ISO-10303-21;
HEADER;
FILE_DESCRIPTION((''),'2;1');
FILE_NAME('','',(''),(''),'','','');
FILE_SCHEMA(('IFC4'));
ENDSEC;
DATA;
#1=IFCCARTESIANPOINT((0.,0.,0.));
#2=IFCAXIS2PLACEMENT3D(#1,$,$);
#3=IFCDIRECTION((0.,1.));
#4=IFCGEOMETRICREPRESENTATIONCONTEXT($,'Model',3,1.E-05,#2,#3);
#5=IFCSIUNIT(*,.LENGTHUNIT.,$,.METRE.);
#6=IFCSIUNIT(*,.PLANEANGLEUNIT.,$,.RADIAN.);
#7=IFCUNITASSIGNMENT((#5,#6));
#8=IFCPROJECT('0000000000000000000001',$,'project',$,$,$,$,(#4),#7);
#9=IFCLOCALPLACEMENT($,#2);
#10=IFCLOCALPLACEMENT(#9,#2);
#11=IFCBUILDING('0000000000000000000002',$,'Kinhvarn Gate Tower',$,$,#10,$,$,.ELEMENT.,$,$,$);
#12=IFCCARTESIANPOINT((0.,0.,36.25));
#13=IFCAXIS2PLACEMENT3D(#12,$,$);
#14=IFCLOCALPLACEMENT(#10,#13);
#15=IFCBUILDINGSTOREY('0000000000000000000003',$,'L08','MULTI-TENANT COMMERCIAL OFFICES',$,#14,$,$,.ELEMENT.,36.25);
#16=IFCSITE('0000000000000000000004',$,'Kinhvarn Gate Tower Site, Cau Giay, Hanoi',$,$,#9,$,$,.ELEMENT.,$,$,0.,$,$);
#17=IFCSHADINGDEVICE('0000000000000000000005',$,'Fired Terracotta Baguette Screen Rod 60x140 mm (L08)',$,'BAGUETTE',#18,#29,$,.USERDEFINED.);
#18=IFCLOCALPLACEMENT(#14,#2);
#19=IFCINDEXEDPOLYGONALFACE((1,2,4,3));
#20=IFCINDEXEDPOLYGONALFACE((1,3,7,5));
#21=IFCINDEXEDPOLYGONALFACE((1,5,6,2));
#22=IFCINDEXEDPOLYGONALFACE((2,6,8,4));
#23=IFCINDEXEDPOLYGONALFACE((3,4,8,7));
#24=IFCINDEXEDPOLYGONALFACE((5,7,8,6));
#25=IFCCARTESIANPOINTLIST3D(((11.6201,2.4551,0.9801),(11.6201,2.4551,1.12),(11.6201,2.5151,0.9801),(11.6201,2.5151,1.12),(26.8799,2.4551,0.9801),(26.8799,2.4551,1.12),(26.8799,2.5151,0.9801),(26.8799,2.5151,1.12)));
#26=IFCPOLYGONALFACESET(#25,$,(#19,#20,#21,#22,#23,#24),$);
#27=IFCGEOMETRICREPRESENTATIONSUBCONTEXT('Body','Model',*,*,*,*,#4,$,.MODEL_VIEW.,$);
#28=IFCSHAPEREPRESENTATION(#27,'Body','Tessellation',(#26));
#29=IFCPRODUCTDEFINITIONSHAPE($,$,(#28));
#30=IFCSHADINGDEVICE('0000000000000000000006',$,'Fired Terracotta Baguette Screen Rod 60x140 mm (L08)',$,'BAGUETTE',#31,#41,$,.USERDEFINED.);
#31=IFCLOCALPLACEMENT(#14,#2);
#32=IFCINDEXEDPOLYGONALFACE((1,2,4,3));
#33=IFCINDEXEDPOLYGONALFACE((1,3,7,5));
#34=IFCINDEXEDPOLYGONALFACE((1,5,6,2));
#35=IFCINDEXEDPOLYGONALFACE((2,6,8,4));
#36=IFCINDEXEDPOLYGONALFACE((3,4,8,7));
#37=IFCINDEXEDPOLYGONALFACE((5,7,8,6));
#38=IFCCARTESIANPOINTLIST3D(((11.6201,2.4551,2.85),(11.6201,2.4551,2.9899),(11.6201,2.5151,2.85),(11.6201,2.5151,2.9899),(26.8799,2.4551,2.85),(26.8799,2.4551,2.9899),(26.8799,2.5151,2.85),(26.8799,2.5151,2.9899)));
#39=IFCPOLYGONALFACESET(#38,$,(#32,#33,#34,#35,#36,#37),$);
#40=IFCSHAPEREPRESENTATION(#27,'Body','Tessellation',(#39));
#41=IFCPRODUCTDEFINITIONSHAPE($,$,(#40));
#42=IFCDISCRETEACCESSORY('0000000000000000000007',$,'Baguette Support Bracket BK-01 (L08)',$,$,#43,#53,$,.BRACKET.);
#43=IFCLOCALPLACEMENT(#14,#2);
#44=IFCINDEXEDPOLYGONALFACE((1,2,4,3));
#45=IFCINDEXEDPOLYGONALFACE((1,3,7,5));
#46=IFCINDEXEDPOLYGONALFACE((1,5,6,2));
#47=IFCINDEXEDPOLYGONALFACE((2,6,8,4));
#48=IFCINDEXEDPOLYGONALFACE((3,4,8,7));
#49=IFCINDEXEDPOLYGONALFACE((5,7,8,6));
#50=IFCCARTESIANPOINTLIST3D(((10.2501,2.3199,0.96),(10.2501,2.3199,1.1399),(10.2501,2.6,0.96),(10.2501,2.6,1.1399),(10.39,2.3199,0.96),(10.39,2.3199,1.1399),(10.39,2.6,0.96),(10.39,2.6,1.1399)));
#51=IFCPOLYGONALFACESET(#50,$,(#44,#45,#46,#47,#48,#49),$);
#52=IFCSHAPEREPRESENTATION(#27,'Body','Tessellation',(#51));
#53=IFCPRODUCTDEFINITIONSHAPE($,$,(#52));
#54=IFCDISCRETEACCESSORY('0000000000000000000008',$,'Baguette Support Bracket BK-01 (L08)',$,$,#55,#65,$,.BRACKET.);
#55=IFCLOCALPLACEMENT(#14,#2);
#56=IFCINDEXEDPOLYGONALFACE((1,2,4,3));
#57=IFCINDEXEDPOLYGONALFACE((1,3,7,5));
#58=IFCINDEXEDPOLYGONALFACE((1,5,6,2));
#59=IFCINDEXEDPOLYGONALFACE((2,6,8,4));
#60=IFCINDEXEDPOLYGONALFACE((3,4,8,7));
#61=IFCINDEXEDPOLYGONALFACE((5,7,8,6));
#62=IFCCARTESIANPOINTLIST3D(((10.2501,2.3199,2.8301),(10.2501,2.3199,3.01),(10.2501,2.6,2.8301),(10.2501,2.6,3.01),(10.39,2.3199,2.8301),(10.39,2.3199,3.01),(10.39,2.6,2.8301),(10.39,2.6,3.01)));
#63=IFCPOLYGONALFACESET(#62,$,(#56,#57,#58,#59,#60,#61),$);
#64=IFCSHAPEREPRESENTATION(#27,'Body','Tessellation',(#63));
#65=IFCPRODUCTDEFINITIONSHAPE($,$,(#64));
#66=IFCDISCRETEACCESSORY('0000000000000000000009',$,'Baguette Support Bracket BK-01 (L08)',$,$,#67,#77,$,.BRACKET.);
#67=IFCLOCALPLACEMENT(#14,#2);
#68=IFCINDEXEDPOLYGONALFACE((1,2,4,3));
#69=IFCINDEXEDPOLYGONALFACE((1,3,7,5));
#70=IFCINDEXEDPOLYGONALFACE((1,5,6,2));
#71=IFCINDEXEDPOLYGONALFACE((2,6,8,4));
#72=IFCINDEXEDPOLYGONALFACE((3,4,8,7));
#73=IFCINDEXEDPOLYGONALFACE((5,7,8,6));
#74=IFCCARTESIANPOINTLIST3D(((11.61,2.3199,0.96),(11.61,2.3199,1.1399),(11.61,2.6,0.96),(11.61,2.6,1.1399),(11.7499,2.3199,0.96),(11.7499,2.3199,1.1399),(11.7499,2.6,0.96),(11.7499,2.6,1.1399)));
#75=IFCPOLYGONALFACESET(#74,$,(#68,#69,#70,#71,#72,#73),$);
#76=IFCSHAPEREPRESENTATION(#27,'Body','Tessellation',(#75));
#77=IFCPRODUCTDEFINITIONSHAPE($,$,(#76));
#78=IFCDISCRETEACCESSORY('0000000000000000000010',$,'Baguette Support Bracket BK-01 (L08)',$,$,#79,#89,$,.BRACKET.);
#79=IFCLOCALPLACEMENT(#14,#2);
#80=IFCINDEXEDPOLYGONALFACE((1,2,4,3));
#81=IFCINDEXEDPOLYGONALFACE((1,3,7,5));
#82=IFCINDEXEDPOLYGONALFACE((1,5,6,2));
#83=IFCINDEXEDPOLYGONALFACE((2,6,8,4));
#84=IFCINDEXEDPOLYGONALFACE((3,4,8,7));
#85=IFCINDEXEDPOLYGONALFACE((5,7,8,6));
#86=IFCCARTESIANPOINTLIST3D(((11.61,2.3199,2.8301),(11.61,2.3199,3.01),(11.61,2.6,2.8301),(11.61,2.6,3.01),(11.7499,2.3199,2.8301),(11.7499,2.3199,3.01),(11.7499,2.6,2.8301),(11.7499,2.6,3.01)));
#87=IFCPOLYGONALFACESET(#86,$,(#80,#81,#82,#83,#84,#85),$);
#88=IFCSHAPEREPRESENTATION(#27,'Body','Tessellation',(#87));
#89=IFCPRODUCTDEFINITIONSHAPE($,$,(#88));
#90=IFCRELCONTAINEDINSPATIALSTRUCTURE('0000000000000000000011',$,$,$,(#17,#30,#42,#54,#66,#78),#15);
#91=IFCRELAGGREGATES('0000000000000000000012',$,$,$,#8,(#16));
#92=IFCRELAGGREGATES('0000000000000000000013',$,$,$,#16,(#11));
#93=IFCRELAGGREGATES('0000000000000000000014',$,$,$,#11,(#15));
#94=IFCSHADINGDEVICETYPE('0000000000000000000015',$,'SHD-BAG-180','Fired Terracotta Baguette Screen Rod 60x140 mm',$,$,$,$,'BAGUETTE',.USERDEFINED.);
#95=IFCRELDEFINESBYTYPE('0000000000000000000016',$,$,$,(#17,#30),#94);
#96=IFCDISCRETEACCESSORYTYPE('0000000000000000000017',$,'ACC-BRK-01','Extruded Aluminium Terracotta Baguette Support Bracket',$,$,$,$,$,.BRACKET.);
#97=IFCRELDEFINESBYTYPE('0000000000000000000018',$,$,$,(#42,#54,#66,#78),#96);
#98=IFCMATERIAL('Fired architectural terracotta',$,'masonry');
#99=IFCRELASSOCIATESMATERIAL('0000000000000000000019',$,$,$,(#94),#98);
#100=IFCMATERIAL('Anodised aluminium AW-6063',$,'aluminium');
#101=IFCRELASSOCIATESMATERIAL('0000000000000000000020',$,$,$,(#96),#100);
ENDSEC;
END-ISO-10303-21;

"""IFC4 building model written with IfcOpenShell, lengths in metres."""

from ifc_helpers import new_model, si_unit, direction, frame, origin, origin_2d, place, context, subcontext, project, spatial, rectangle, extrude, material, material_profile, profile_set, type_object, element, save


model = new_model("IFC4")

# Units and contexts
model_context = context("Model", 3, precision=1e-05, world=origin(), true_north=direction((0.0, 1.0)))
body_context = subcontext(model_context, "Body", "Model", "MODEL_VIEW")
ifc_project = project(units=[si_unit("LENGTHUNIT", "METRE"), si_unit("PLANEANGLEUNIT", "RADIAN")], contexts=[model_context])

# Site, building, storey
site_placement = place(None, origin())
site = spatial("IfcSite", under=ifc_project, at=site_placement, Name="Kinhvarn Gate Tower Site, Cau Giay, Hanoi", CompositionType="ELEMENT", RefElevation=0.0)
building_placement = place(site_placement, origin())
building = spatial("IfcBuilding", under=site, at=building_placement, Name="Kinhvarn Gate Tower", CompositionType="ELEMENT")
storey_placement = place(building_placement, frame((0.0, 0.0, 36.25)))
storey = spatial("IfcBuildingStorey", under=building, at=storey_placement, Name="L08", Description="MULTI-TENANT COMMERCIAL OFFICES", CompositionType="ELEMENT", Elevation=36.25)

# Shared definitions
ifc_material_1 = material(Name="Anodised aluminium AW-6063", Category="aluminium")

# Shading devices
ifc_material_2 = material(Name="Fired architectural terracotta", Category="masonry")
ifc_material_profile_1 = material_profile(ifc_material_2, rectangle(XDim=0.0601, YDim=0.1399, at=origin_2d()), Name="TC 60x140")
ifc_profile_set_1 = profile_set([ifc_material_profile_1], Name="Fired architectural terracotta")
shading_device_type = type_object("IfcShadingDeviceType", Name="SHD-BAG-180", Description="Fired Terracotta Baguette Screen Rod 60x140 mm", ElementType="BAGUETTE", PredefinedType="USERDEFINED", material=ifc_profile_set_1)
for number, where, z_axis, x_axis, name in (
    (1, (11.6201, 2.4851, 1.05), (1.0, 0.0, 0.0), (0.0, 1.0, 0.0), "Fired Terracotta Baguette Screen Rod 60x140 mm (L08)"),
    (2, (11.6201, 2.4851, 2.9199), (1.0, 0.0, 0.0), (0.0, 1.0, 0.0), "Fired Terracotta Baguette Screen Rod 60x140 mm (L08)"),
):
    element("IfcShadingDevice", number, at=place(storey_placement, frame(where, z_axis=z_axis, x_axis=x_axis)), inside=storey, type_object=shading_device_type, Name=name, ObjectType="BAGUETTE", PredefinedType="USERDEFINED", context=body_context, shape_type="SweptSolid", body=[
        extrude(rectangle(XDim=0.0601, YDim=0.1399, at=origin_2d()), origin(), (0.0, 0.0, 1.0), 15.2598),
    ])

# Discrete accessories
discrete_accessory_type = type_object("IfcDiscreteAccessoryType", Name="ACC-BRK-01", Description="Extruded Aluminium Terracotta Baguette Support Bracket", PredefinedType="BRACKET", material=ifc_material_1)
for number, where, z_axis, x_axis, name in (
    (3, (10.3201, 2.46, 0.96), (0.0, 0.0, 1.0), (1.0, 0.0, 0.0), "Baguette Support Bracket BK-01 (L08)"),
    (4, (10.3201, 2.46, 2.8301), (0.0, 0.0, 1.0), (1.0, 0.0, 0.0), "Baguette Support Bracket BK-01 (L08)"),
    (5, (11.6799, 2.46, 0.96), (0.0, 0.0, 1.0), (1.0, 0.0, 0.0), "Baguette Support Bracket BK-01 (L08)"),
    (6, (11.6799, 2.46, 2.8301), (0.0, 0.0, 1.0), (1.0, 0.0, 0.0), "Baguette Support Bracket BK-01 (L08)"),
):
    element("IfcDiscreteAccessory", number, at=place(storey_placement, frame(where, z_axis=z_axis, x_axis=x_axis)), inside=storey, type_object=discrete_accessory_type, Name=name, PredefinedType="BRACKET", context=body_context, shape_type="SweptSolid", body=[
        extrude(rectangle(XDim=0.1399, YDim=0.28, at=origin_2d()), origin(), (0.0, 0.0, 1.0), 0.1799),
    ])

save(model, "model.ifc")
